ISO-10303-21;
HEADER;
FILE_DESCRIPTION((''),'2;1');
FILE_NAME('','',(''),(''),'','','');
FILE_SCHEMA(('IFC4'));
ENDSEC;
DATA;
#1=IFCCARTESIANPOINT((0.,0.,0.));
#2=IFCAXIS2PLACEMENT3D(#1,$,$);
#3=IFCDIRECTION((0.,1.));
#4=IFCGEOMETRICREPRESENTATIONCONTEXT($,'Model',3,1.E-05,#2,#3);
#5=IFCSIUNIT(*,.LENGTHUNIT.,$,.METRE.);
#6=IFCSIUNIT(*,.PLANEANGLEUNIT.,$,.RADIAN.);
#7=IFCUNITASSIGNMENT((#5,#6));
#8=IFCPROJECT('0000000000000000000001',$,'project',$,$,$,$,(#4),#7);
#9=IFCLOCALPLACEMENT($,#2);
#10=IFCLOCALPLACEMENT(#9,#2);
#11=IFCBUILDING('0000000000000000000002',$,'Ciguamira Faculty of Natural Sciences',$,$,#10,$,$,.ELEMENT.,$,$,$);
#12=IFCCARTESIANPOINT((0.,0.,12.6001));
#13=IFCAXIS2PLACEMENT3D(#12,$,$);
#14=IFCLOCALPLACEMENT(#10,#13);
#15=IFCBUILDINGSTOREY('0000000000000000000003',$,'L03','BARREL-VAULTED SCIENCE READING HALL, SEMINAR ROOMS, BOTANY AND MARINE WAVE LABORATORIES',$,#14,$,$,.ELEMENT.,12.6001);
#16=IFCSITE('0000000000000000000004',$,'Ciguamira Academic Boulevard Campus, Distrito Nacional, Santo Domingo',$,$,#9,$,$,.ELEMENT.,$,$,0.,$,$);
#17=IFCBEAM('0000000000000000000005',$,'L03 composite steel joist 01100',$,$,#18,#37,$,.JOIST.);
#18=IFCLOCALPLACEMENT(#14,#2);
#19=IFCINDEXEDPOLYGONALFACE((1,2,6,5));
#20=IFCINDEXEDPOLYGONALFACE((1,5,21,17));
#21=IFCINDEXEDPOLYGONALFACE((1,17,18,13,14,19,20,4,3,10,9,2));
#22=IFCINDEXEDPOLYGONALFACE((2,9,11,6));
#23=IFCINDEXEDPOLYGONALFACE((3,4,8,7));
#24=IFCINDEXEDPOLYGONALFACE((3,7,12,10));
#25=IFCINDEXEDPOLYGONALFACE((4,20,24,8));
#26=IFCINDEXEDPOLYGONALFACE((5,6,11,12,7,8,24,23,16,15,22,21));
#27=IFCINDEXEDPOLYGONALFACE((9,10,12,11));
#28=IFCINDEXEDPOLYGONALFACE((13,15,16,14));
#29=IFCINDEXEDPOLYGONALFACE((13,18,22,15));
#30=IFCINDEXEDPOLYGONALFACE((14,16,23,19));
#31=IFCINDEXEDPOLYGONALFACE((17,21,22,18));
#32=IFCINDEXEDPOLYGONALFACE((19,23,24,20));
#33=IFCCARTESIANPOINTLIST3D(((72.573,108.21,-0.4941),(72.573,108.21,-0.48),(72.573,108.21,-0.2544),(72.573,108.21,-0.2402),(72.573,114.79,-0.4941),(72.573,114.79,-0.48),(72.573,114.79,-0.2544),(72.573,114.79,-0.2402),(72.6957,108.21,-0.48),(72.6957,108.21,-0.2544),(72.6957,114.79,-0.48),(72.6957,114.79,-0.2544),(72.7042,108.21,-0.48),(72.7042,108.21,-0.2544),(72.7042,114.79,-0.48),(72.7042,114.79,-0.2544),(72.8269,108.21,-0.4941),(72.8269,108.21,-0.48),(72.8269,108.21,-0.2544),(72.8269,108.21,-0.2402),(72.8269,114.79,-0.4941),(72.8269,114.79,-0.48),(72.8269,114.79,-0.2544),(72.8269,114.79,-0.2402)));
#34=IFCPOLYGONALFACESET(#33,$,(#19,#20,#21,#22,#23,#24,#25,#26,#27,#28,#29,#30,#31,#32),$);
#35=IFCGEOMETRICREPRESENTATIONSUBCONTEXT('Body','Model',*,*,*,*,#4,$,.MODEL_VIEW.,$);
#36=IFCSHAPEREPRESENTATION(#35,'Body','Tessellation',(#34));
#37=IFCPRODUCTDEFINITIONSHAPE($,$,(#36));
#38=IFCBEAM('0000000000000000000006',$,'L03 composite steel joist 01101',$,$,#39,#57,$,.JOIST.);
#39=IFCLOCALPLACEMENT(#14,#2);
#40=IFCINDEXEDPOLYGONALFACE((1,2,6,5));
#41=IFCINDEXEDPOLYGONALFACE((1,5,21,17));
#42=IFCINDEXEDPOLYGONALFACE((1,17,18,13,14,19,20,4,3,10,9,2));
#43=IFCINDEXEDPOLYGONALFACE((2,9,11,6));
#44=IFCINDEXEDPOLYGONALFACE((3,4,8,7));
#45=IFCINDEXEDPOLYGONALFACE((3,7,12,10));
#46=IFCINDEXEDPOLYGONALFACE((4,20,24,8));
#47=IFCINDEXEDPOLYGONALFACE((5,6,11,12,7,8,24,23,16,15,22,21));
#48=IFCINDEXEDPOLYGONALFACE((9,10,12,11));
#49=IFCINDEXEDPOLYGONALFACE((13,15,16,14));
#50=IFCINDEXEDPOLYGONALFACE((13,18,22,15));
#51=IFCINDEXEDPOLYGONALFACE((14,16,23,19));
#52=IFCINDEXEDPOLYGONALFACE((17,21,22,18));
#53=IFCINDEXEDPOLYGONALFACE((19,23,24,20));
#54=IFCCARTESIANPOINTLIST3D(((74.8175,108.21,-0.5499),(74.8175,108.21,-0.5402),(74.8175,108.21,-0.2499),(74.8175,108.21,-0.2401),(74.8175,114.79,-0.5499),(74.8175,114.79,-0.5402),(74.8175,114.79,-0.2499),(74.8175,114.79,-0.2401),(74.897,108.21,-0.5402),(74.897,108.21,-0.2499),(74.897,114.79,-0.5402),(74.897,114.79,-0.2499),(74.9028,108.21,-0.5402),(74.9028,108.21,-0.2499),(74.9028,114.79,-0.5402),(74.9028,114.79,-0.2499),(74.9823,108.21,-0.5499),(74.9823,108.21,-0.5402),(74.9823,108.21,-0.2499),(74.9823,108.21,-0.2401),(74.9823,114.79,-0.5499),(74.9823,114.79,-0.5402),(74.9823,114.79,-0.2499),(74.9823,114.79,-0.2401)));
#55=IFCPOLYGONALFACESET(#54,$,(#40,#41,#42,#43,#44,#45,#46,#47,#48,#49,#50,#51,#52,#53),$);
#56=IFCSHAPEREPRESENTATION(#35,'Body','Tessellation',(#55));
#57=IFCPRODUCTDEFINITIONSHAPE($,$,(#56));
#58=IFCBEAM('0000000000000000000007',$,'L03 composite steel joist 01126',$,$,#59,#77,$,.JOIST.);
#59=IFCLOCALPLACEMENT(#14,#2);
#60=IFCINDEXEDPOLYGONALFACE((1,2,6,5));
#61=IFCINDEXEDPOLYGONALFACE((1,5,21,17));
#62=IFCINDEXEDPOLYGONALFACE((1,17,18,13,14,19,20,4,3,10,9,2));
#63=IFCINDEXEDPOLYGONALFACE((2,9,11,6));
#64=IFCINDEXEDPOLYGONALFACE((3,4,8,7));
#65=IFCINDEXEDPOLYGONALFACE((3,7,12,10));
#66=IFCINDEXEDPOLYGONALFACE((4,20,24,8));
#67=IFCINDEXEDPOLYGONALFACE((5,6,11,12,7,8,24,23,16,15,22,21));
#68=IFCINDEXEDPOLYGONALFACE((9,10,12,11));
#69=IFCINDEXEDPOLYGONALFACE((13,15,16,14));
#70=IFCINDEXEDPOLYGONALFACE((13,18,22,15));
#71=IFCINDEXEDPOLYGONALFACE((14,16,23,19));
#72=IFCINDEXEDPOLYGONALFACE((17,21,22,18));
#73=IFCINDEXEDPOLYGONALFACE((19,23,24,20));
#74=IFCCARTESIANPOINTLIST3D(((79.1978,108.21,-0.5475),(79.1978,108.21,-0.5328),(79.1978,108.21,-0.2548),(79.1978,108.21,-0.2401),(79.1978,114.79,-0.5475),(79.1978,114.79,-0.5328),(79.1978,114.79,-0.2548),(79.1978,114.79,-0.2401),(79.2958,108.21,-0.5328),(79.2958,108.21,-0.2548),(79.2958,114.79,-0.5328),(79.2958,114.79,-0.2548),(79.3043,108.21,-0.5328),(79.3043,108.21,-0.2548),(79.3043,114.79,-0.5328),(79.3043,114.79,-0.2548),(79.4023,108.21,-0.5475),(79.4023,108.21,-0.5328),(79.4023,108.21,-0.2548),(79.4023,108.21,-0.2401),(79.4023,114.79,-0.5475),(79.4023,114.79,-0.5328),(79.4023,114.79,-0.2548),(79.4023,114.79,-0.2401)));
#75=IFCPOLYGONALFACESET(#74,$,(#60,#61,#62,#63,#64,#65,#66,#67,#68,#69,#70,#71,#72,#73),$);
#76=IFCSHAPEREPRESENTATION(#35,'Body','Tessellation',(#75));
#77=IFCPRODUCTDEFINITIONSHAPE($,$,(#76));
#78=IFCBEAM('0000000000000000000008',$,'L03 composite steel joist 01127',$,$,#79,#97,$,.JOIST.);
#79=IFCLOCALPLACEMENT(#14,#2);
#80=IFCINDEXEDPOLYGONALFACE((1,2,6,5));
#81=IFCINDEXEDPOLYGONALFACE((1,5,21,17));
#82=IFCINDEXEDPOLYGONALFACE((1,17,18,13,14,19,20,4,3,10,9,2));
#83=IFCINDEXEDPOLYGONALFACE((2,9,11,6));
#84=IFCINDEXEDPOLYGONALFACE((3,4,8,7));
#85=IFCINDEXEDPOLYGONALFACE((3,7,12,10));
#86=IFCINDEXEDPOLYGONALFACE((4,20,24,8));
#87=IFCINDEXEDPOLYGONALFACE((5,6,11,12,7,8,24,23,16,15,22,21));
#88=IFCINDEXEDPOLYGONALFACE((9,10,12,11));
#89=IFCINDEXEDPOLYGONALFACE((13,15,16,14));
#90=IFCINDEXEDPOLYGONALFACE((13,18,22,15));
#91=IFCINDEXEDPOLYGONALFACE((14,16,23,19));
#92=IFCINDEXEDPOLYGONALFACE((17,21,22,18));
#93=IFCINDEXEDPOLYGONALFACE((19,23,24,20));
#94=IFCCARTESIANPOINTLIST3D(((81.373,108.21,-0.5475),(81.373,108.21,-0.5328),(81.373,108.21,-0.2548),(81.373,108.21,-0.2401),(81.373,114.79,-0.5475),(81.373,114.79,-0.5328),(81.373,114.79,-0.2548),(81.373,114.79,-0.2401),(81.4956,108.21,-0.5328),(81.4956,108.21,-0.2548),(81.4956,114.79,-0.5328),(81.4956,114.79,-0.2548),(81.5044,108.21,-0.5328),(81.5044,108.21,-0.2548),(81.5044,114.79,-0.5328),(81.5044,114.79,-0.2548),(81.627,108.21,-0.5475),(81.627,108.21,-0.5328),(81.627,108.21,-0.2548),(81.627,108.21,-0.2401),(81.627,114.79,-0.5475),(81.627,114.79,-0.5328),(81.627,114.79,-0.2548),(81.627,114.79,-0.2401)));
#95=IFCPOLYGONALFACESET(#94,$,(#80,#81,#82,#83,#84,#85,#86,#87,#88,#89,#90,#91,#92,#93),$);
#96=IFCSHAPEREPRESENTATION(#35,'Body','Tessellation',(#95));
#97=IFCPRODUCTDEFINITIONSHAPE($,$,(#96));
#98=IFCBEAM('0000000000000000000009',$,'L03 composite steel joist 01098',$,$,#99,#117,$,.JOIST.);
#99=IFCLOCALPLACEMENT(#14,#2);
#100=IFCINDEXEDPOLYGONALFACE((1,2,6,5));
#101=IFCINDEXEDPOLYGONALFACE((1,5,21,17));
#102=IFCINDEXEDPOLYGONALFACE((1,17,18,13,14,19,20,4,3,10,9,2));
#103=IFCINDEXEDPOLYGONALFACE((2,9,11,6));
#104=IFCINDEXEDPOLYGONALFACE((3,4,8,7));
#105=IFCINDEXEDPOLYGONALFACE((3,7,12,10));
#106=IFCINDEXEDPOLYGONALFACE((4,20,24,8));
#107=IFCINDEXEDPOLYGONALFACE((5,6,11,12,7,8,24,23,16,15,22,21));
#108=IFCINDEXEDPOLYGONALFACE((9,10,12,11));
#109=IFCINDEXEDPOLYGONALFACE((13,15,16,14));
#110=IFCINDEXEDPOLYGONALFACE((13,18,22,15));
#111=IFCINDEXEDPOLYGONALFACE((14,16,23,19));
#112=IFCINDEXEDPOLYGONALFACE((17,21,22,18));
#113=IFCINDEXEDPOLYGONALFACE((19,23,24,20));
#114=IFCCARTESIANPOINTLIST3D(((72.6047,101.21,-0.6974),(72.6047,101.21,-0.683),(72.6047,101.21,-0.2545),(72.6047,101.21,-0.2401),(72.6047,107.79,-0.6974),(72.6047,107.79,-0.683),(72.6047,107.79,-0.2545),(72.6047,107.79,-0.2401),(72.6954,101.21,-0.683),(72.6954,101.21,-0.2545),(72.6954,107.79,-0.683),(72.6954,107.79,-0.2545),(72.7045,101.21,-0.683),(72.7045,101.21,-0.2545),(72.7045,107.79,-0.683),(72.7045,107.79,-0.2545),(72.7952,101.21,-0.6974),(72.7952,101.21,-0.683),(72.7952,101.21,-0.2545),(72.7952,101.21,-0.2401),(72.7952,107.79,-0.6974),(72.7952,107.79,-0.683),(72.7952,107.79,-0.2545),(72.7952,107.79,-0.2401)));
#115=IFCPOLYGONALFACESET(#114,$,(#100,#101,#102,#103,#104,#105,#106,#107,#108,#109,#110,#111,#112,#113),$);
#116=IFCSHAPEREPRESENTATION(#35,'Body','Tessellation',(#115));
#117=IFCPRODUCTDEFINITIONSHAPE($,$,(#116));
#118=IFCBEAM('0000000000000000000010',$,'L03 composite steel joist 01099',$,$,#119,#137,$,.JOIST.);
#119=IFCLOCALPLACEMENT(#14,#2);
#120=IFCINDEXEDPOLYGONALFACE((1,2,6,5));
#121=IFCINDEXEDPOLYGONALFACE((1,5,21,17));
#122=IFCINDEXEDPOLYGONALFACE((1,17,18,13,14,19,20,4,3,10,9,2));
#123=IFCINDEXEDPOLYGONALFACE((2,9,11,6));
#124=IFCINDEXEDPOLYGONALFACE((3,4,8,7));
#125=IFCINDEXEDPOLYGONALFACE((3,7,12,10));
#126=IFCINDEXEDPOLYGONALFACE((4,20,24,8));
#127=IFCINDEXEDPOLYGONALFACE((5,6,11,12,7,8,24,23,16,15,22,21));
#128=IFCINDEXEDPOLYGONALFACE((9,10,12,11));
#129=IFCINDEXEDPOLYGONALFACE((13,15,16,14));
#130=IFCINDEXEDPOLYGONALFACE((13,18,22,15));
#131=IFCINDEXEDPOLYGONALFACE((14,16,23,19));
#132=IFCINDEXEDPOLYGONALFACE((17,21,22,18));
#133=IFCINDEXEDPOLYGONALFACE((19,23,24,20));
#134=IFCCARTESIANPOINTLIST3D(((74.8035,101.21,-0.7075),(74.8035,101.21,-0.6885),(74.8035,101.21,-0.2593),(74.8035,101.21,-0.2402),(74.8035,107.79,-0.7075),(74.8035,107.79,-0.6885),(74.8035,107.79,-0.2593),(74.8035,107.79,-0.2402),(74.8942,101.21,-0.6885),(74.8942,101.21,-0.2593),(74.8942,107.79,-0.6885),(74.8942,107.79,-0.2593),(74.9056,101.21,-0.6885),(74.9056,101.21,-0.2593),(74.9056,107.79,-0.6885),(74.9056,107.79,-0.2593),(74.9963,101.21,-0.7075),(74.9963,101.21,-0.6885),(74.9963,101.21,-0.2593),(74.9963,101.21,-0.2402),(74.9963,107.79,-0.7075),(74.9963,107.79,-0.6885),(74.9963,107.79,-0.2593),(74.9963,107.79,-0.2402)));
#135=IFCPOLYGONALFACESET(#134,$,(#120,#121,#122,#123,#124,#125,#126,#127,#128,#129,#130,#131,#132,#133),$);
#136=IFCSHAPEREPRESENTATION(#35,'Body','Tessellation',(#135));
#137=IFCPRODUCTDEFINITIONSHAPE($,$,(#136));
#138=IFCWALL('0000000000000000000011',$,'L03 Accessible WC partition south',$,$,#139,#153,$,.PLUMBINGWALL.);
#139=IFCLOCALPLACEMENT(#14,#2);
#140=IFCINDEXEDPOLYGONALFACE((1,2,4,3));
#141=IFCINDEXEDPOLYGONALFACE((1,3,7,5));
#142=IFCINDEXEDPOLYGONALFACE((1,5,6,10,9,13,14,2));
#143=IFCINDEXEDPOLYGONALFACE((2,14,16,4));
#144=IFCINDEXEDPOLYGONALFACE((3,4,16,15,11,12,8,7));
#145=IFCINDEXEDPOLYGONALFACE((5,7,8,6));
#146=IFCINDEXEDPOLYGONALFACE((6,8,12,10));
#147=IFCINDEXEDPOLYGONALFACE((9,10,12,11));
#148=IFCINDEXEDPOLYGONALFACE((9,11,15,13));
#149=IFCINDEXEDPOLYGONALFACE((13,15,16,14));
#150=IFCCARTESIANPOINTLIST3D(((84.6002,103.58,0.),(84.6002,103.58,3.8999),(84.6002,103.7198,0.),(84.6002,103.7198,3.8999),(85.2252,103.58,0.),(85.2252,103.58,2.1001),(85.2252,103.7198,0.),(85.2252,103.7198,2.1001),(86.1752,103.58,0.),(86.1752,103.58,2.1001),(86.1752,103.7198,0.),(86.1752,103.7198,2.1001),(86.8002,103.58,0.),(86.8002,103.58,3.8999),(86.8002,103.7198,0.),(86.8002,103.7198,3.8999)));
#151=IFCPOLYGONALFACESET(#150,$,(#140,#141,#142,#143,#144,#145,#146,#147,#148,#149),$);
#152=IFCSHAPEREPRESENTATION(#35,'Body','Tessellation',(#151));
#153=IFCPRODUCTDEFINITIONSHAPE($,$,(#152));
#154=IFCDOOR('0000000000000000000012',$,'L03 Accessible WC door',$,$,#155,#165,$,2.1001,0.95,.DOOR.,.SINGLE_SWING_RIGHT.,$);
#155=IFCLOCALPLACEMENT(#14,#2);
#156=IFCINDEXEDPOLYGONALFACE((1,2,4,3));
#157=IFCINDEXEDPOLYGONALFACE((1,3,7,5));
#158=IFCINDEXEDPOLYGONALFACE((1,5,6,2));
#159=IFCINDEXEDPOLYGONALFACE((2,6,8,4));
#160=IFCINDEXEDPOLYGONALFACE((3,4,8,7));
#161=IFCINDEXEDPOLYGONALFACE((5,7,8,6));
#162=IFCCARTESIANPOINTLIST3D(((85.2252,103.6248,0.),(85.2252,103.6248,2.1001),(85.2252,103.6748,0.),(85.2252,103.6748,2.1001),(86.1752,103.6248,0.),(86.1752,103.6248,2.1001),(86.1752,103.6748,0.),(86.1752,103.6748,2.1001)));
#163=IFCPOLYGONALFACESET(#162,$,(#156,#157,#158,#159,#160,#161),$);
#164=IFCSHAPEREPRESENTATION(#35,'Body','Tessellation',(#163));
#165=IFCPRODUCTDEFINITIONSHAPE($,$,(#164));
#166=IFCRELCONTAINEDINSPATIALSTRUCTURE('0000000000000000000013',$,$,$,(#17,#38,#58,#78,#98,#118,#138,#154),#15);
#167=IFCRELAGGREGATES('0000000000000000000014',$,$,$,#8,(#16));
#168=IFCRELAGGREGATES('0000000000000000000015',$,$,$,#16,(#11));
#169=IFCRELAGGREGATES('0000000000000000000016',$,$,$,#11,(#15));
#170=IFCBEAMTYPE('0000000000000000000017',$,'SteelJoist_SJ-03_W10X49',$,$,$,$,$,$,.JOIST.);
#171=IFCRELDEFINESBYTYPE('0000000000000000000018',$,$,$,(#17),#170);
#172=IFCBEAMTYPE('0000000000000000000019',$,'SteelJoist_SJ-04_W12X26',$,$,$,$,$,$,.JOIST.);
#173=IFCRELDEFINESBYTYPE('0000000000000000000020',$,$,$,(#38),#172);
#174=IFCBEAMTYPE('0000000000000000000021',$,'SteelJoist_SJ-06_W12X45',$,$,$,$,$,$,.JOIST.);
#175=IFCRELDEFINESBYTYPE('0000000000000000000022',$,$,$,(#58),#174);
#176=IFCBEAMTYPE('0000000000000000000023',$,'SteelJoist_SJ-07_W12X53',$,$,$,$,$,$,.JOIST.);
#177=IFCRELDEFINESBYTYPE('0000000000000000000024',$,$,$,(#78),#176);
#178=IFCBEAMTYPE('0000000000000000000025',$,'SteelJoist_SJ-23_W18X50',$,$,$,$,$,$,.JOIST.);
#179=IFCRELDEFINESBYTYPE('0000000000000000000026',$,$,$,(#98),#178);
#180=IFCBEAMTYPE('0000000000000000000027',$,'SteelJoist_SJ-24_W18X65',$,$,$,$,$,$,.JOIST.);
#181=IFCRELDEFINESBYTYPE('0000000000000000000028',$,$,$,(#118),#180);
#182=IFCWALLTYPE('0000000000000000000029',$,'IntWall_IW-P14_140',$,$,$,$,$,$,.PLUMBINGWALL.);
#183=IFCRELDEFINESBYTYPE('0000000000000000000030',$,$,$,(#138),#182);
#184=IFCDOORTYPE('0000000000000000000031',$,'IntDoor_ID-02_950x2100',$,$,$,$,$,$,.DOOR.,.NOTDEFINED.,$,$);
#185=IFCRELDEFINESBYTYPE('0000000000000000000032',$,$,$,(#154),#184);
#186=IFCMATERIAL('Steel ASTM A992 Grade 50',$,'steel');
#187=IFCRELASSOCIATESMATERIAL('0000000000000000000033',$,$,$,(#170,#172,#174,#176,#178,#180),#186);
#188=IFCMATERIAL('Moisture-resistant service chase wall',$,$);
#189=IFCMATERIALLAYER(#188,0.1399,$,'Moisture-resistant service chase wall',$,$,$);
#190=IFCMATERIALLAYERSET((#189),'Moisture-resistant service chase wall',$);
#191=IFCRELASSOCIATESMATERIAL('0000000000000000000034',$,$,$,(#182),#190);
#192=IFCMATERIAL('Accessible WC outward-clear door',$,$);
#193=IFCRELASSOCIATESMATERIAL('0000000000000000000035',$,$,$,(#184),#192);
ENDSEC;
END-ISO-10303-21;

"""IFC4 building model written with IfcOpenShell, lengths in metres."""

from ifc_helpers import new_model, si_unit, direction, frame, frame_2d, origin, origin_2d, place, context, subcontext, project, spatial, rectangle, i_section, extrude, material, layer, layer_set, material_profile, profile_set, type_object, element, fill, save


model = new_model("IFC4")

# Units and contexts
model_context = context("Model", 3, precision=1e-05, world=origin(), true_north=direction((0.0, 1.0)))
body_context = subcontext(model_context, "Body", "Model", "MODEL_VIEW")
ifc_project = project(units=[si_unit("LENGTHUNIT", "METRE"), si_unit("PLANEANGLEUNIT", "RADIAN")], contexts=[model_context])

# Site, building, storey
site_placement = place(None, origin())
site = spatial("IfcSite", under=ifc_project, at=site_placement, Name="Ciguamira Academic Boulevard Campus, Distrito Nacional, Santo Domingo", CompositionType="ELEMENT", RefElevation=0.0)
building_placement = place(site_placement, origin())
building = spatial("IfcBuilding", under=site, at=building_placement, Name="Ciguamira Faculty of Natural Sciences", CompositionType="ELEMENT")
storey_placement = place(building_placement, frame((0.0, 0.0, 12.6001)))
storey = spatial("IfcBuildingStorey", under=building, at=storey_placement, Name="L03", Description="BARREL-VAULTED SCIENCE READING HALL, SEMINAR ROOMS, BOTANY AND MARINE WAVE LABORATORIES", CompositionType="ELEMENT", Elevation=12.6001)

# Beams
ifc_material_1 = material(Name="Steel ASTM A992 Grade 50", Category="steel")
ifc_material_profile_1 = material_profile(ifc_material_1, i_section(OverallWidth=0.2539, OverallDepth=0.2539, WebThickness=0.0085, FlangeThickness=0.0142, at=origin_2d()), Name="W10X49")
ifc_profile_set_1 = profile_set([ifc_material_profile_1], Name="Steel ASTM A992 Grade 50")
beam_type_1 = type_object("IfcBeamType", Name="SteelJoist_SJ-03_W10X49", PredefinedType="JOIST", material=ifc_profile_set_1)
beam_1_placement = place(storey_placement, frame((72.7, 108.21, -0.3672), z_axis=(0.0, 1.0, 0.0), x_axis=(-1.0, 0.0, 0.0)))
element("IfcBeam", 1, at=beam_1_placement, inside=storey, type_object=beam_type_1, Name="L03 composite steel joist 01100", PredefinedType="JOIST", context=body_context, shape_type="SweptSolid", body=[
    extrude(i_section(OverallWidth=0.2539, OverallDepth=0.2539, WebThickness=0.0085, FlangeThickness=0.0142, at=origin_2d()), origin(), (0.0, 0.0, 1.0), 6.5801),
])
ifc_material_profile_2 = material_profile(ifc_material_1, i_section(OverallWidth=0.1648, OverallDepth=0.3098, WebThickness=0.0059, FlangeThickness=0.0098, at=origin_2d()), Name="W12X26")
ifc_profile_set_2 = profile_set([ifc_material_profile_2], Name="Steel ASTM A992 Grade 50")
beam_type_2 = type_object("IfcBeamType", Name="SteelJoist_SJ-04_W12X26", PredefinedType="JOIST", material=ifc_profile_set_2)
beam_2_placement = place(storey_placement, frame((74.8999, 108.21, -0.395), z_axis=(0.0, 1.0, 0.0), x_axis=(-1.0, 0.0, 0.0)))
element("IfcBeam", 2, at=beam_2_placement, inside=storey, type_object=beam_type_2, Name="L03 composite steel joist 01101", PredefinedType="JOIST", context=body_context, shape_type="SweptSolid", body=[
    extrude(i_section(OverallWidth=0.1648, OverallDepth=0.3098, WebThickness=0.0059, FlangeThickness=0.0098, at=origin_2d()), origin(), (0.0, 0.0, 1.0), 6.5801),
])
ifc_material_profile_3 = material_profile(ifc_material_1, i_section(OverallWidth=0.2046, OverallDepth=0.3074, WebThickness=0.0085, FlangeThickness=0.0146, at=origin_2d()), Name="W12X45")
ifc_profile_set_3 = profile_set([ifc_material_profile_3], Name="Steel ASTM A992 Grade 50")
beam_type_3 = type_object("IfcBeamType", Name="SteelJoist_SJ-06_W12X45", PredefinedType="JOIST", material=ifc_profile_set_3)
beam_3_placement = place(storey_placement, frame((79.3, 108.21, -0.3938), z_axis=(0.0, 1.0, 0.0), x_axis=(-1.0, 0.0, 0.0)))
element("IfcBeam", 3, at=beam_3_placement, inside=storey, type_object=beam_type_3, Name="L03 composite steel joist 01126", PredefinedType="JOIST", context=body_context, shape_type="SweptSolid", body=[
    extrude(i_section(OverallWidth=0.2046, OverallDepth=0.3074, WebThickness=0.0085, FlangeThickness=0.0146, at=origin_2d()), origin(), (0.0, 0.0, 1.0), 6.5801),
])
ifc_material_profile_4 = material_profile(ifc_material_1, i_section(OverallWidth=0.2539, OverallDepth=0.3074, WebThickness=0.0088, FlangeThickness=0.0146, at=origin_2d()), Name="W12X53")
ifc_profile_set_4 = profile_set([ifc_material_profile_4], Name="Steel ASTM A992 Grade 50")
beam_type_4 = type_object("IfcBeamType", Name="SteelJoist_SJ-07_W12X53", PredefinedType="JOIST", material=ifc_profile_set_4)
beam_4_placement = place(storey_placement, frame((81.5, 108.21, -0.3938), z_axis=(0.0, 1.0, 0.0), x_axis=(-1.0, 0.0, 0.0)))
element("IfcBeam", 4, at=beam_4_placement, inside=storey, type_object=beam_type_4, Name="L03 composite steel joist 01127", PredefinedType="JOIST", context=body_context, shape_type="SweptSolid", body=[
    extrude(i_section(OverallWidth=0.2539, OverallDepth=0.3074, WebThickness=0.0088, FlangeThickness=0.0146, at=origin_2d()), origin(), (0.0, 0.0, 1.0), 6.5801),
])
ifc_material_profile_5 = material_profile(ifc_material_1, i_section(OverallWidth=0.1904, OverallDepth=0.4573, WebThickness=0.009, FlangeThickness=0.0144, at=origin_2d()), Name="W18X50")
ifc_profile_set_5 = profile_set([ifc_material_profile_5], Name="Steel ASTM A992 Grade 50")
beam_type_5 = type_object("IfcBeamType", Name="SteelJoist_SJ-23_W18X50", PredefinedType="JOIST", material=ifc_profile_set_5)
beam_5_placement = place(storey_placement, frame((72.7, 101.21, -0.4688), z_axis=(0.0, 1.0, 0.0), x_axis=(-1.0, 0.0, 0.0)))
element("IfcBeam", 5, at=beam_5_placement, inside=storey, type_object=beam_type_5, Name="L03 composite steel joist 01098", PredefinedType="JOIST", context=body_context, shape_type="SweptSolid", body=[
    extrude(i_section(OverallWidth=0.1904, OverallDepth=0.4573, WebThickness=0.009, FlangeThickness=0.0144, at=origin_2d()), origin(), (0.0, 0.0, 1.0), 6.5801),
])
ifc_material_profile_6 = material_profile(ifc_material_1, i_section(OverallWidth=0.1929, OverallDepth=0.4673, WebThickness=0.0115, FlangeThickness=0.019, at=origin_2d()), Name="W18X65")
ifc_profile_set_6 = profile_set([ifc_material_profile_6], Name="Steel ASTM A992 Grade 50")
beam_type_6 = type_object("IfcBeamType", Name="SteelJoist_SJ-24_W18X65", PredefinedType="JOIST", material=ifc_profile_set_6)
beam_6_placement = place(storey_placement, frame((74.8999, 101.21, -0.4739), z_axis=(0.0, 1.0, 0.0), x_axis=(-1.0, 0.0, 0.0)))
element("IfcBeam", 6, at=beam_6_placement, inside=storey, type_object=beam_type_6, Name="L03 composite steel joist 01099", PredefinedType="JOIST", context=body_context, shape_type="SweptSolid", body=[
    extrude(i_section(OverallWidth=0.1929, OverallDepth=0.4673, WebThickness=0.0115, FlangeThickness=0.019, at=origin_2d()), origin(), (0.0, 0.0, 1.0), 6.5801),
])

# Wall, opening, door
ifc_material_2 = material(Name="Moisture-resistant service chase wall")
ifc_layer = layer(ifc_material_2, 0.1399, Name="Moisture-resistant service chase wall")
ifc_layer_set = layer_set([ifc_layer], Name="Moisture-resistant service chase wall")
wall_type = type_object("IfcWallType", Name="IntWall_IW-P14_140", PredefinedType="PLUMBINGWALL", material=ifc_layer_set)
wall_1_placement = place(storey_placement, frame((84.6001, 103.6499, 0.0), z_axis=(0.0, 0.0, 1.0), x_axis=(1.0, 0.0, 0.0)))
wall_1 = element("IfcWall", 7, at=wall_1_placement, inside=storey, type_object=wall_type, Name="L03 Accessible WC partition south", PredefinedType="PLUMBINGWALL", context=body_context, shape_type="SweptSolid", body=[
    extrude(rectangle(XDim=2.2, YDim=0.1399, at=frame_2d((1.1001, 0.0))), origin(), (0.0, 0.0, 1.0), 3.8999),
])
opening_placement = place(wall_1_placement, frame((0.625, 0.0, 0.0)))
opening = element("IfcOpeningElement", 8, at=opening_placement, cuts=wall_1, PredefinedType="OPENING", context=body_context, shape_type="SweptSolid", body=[
    extrude(rectangle(XDim=0.95, YDim=2.1001, at=frame_2d((0.4751, 1.05))), frame((0.0, 0.0798, 0.0), z_axis=(0.0, -1.0, 0.0), x_axis=(1.0, 0.0, 0.0)), (0.0, 0.0, 1.0), 0.1599),
])
ifc_material_3 = material(Name="Accessible WC outward-clear door")
door_type = type_object("IfcDoorType", Name="IntDoor_ID-02_950x2100", OperationType="NOTDEFINED", PredefinedType="DOOR", material=ifc_material_3)
door_placement = place(opening_placement, origin())
door = element("IfcDoor", 9, at=door_placement, inside=storey, type_object=door_type, Name="L03 Accessible WC door", OperationType="SINGLE_SWING_RIGHT", OverallHeight=2.1001, OverallWidth=0.95, PredefinedType="DOOR", context=body_context, shape_type="SweptSolid", body=[
    extrude(rectangle(XDim=0.95, YDim=2.1001, at=frame_2d((0.4751, 1.05))), frame((0.0, 0.0249, 0.0), z_axis=(0.0, -1.0, 0.0), x_axis=(1.0, 0.0, 0.0)), (0.0, 0.0, 1.0), 0.05),
])
fill(opening, door)

save(model, "model.ifc")
